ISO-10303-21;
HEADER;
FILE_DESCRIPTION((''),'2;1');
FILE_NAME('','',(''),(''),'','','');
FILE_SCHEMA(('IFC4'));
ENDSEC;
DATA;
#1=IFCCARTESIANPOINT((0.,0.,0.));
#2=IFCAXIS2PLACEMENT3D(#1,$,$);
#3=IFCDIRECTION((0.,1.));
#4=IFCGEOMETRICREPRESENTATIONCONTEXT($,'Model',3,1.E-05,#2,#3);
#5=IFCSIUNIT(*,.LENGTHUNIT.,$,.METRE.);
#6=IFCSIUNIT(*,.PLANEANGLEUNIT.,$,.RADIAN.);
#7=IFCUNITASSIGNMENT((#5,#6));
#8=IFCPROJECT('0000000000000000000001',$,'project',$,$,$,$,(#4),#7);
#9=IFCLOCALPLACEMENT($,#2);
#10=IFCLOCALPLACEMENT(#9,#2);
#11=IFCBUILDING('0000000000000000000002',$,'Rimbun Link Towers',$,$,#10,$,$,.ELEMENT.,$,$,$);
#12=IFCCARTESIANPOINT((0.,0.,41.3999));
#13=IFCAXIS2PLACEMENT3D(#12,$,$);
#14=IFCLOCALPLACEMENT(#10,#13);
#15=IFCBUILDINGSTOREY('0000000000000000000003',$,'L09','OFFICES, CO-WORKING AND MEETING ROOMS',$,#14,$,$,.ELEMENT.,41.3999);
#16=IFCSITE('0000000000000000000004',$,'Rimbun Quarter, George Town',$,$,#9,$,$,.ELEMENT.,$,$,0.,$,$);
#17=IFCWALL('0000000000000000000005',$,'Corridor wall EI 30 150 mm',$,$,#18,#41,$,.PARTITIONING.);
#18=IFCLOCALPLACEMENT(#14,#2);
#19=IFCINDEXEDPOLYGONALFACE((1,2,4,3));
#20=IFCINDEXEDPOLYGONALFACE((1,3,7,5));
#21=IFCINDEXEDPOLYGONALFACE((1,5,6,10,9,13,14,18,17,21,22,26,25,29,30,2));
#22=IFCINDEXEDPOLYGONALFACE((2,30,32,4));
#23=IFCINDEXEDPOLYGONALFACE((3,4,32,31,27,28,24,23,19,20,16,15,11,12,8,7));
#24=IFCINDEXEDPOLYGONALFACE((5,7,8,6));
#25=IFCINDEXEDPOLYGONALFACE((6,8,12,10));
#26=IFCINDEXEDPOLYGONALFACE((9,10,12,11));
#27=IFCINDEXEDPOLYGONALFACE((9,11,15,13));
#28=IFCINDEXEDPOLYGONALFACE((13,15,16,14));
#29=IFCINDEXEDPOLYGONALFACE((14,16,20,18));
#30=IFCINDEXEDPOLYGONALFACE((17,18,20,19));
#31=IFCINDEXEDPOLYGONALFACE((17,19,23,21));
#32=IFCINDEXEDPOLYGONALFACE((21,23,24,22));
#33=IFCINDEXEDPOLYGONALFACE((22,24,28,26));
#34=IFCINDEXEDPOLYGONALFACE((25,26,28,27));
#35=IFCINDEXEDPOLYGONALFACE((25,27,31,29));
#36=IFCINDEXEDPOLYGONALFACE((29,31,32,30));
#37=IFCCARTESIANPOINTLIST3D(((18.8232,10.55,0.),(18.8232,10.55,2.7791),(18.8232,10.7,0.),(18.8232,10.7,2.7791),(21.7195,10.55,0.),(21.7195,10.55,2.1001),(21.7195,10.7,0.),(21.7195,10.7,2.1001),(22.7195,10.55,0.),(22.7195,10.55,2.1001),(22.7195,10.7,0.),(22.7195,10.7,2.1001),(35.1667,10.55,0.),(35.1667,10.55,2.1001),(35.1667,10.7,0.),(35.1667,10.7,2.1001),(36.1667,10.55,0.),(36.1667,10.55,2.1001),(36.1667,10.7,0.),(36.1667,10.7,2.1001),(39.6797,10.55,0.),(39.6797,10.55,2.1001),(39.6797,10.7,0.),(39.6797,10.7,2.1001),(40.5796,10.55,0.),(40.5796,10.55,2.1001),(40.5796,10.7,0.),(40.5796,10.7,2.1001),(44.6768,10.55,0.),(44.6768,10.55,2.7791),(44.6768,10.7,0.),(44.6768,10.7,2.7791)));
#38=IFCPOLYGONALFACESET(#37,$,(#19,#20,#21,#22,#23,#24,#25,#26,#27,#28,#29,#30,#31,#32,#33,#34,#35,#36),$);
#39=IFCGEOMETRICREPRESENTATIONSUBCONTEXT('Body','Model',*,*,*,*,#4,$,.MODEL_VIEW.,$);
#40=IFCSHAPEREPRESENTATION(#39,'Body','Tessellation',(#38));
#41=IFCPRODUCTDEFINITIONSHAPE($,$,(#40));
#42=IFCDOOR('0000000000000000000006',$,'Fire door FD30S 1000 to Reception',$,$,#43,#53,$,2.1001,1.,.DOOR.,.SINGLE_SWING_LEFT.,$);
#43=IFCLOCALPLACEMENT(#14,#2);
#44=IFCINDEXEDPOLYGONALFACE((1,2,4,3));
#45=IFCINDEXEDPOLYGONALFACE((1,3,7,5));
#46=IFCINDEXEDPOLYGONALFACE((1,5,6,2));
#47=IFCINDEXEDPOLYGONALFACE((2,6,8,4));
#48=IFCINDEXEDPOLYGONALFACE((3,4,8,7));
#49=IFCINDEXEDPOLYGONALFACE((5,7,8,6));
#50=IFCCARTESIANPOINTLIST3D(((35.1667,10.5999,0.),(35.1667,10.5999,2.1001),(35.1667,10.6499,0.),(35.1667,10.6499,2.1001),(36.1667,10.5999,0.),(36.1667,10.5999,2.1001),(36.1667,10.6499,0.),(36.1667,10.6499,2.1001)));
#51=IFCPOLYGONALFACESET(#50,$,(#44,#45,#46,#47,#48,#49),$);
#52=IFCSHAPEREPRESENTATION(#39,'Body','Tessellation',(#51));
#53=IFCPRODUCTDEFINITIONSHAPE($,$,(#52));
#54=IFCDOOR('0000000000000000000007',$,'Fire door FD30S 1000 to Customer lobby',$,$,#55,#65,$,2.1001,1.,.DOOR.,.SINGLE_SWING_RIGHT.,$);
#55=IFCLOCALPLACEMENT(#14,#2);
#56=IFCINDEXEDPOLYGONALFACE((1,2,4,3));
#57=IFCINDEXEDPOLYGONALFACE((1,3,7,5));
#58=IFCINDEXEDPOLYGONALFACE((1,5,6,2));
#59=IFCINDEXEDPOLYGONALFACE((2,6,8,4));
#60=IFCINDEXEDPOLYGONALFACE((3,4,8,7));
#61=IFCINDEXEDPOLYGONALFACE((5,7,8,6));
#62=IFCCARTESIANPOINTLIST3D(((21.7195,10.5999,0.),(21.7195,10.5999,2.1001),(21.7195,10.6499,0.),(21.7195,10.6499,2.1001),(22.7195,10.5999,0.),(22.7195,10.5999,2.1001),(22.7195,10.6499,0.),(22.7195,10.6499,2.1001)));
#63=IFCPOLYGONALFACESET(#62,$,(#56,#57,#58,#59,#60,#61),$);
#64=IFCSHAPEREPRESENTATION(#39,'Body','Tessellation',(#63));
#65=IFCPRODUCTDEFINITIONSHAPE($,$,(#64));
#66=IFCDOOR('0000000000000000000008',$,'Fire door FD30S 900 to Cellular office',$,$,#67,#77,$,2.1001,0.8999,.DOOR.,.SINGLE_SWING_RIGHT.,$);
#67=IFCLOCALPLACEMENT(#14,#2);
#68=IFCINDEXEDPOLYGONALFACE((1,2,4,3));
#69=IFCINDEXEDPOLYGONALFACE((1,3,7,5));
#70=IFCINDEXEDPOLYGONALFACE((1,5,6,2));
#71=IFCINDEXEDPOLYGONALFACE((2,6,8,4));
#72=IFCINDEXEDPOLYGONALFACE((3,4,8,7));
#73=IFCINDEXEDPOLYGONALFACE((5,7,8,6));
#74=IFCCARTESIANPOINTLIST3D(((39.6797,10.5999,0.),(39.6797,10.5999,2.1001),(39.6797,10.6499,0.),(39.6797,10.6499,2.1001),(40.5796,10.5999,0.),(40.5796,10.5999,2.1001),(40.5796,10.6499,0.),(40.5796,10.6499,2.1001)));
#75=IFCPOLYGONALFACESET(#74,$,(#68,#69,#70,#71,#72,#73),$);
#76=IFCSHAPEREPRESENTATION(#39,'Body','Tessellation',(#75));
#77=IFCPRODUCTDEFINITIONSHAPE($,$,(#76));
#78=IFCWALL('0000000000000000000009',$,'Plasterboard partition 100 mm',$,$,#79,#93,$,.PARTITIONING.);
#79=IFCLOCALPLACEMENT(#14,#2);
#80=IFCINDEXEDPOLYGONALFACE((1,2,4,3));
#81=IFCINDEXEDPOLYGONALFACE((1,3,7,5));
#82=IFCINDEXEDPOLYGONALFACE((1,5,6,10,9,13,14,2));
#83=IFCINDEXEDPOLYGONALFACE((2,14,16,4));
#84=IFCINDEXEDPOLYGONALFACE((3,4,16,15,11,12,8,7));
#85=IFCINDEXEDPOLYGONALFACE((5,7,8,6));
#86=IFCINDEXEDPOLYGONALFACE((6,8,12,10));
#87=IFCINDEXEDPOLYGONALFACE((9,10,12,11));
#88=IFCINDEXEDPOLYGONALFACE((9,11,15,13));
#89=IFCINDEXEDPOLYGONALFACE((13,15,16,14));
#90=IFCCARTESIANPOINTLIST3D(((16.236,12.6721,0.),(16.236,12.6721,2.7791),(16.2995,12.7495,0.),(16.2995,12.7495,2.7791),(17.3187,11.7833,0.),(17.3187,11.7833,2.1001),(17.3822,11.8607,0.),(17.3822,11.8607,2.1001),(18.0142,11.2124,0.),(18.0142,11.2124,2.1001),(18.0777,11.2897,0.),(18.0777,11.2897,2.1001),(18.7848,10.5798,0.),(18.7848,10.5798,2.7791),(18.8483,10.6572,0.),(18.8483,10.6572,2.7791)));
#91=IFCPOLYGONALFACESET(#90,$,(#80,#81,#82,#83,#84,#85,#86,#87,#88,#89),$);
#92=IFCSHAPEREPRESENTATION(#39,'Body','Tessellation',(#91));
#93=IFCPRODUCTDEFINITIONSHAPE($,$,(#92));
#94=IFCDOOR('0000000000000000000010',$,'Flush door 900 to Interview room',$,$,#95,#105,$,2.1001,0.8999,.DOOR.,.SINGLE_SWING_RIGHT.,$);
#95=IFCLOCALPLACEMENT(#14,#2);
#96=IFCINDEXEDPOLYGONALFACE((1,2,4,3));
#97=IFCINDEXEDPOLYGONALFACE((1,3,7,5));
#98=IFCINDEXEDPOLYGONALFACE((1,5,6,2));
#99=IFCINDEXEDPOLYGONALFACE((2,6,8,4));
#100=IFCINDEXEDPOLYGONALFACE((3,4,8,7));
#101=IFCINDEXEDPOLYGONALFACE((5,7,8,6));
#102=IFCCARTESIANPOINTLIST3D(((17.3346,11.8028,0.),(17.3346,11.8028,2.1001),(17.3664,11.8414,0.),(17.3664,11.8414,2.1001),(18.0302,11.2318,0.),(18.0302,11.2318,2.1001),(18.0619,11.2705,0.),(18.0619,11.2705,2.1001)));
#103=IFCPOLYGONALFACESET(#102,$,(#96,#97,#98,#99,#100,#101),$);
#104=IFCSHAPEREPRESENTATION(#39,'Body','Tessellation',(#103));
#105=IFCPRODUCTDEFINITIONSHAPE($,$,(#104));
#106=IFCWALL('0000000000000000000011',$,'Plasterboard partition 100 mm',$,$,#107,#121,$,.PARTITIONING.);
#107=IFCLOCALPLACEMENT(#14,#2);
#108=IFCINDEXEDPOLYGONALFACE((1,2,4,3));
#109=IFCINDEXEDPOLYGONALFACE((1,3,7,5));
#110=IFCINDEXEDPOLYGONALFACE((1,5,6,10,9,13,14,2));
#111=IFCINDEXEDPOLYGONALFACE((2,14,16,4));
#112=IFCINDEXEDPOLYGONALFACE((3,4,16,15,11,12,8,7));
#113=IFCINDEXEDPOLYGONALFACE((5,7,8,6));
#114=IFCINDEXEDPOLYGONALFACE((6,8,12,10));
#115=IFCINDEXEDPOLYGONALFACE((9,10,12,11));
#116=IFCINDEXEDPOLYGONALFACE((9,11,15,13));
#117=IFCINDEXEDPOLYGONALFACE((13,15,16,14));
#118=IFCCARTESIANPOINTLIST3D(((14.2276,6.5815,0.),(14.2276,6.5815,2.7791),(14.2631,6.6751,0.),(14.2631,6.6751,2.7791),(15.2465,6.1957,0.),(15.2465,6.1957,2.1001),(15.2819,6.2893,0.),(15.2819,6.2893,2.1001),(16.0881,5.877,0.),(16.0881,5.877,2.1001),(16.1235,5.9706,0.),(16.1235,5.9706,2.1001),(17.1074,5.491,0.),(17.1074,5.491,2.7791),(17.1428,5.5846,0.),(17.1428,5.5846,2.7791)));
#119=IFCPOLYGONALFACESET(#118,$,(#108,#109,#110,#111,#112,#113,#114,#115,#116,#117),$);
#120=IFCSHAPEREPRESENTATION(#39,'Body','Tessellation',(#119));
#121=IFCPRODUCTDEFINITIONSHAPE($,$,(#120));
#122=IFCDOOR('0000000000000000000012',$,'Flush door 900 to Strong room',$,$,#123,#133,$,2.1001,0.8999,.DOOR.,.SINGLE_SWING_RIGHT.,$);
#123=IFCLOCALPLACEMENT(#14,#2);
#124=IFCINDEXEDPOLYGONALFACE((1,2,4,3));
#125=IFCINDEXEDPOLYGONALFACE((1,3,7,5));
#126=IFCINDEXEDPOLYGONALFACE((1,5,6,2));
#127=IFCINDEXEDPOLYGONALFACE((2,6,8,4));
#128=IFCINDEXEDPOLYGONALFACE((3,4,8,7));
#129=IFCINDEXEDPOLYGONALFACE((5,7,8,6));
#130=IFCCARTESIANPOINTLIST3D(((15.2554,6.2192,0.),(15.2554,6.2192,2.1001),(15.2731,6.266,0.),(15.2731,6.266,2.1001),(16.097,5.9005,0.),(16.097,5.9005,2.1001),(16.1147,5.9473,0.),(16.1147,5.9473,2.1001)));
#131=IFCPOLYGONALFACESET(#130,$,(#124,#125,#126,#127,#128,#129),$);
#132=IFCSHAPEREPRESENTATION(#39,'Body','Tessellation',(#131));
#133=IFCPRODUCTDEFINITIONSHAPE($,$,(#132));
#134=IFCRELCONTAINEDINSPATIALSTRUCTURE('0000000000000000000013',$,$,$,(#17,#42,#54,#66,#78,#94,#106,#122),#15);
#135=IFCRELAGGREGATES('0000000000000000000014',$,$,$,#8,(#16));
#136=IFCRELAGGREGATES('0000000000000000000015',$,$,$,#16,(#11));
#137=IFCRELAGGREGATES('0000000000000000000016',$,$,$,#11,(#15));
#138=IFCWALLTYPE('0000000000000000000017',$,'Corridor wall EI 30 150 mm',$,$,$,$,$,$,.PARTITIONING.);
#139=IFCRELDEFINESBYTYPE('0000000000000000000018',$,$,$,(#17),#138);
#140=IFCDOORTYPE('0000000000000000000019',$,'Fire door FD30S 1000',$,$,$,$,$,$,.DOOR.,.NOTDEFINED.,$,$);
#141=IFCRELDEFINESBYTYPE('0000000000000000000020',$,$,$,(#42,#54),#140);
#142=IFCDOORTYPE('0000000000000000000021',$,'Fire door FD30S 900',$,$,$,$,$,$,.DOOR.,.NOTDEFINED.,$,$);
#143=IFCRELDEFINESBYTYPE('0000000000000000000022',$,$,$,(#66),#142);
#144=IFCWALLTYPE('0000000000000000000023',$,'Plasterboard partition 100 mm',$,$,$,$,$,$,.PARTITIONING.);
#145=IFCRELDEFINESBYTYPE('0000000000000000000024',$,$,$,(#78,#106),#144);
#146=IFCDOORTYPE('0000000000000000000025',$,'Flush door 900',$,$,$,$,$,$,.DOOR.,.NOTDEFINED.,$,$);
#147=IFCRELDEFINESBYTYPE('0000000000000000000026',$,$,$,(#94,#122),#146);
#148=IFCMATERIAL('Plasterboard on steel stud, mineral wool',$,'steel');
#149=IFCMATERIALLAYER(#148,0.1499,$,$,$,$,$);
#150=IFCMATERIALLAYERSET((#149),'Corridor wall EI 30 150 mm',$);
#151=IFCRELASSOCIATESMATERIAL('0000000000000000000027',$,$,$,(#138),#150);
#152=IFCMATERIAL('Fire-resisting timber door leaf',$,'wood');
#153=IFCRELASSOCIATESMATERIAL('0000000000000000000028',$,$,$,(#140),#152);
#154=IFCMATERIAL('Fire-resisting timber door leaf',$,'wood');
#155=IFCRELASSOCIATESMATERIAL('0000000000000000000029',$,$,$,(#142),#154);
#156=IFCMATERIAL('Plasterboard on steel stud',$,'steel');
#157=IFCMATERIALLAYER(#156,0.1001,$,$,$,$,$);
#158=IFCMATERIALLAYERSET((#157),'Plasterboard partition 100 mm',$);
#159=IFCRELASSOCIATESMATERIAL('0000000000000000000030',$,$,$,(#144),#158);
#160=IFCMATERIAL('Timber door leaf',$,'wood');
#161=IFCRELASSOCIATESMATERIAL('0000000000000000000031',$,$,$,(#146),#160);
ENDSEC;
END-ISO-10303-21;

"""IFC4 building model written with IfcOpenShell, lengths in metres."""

from ifc_helpers import new_model, si_unit, direction, frame, frame_2d, origin, place, context, subcontext, project, spatial, rectangle, extrude, material, layer, layer_set, type_object, element, fill, save


model = new_model("IFC4")

# Units and contexts
model_context = context("Model", 3, precision=1e-05, world=origin(), true_north=direction((0.0, 1.0)))
body_context = subcontext(model_context, "Body", "Model", "MODEL_VIEW")
ifc_project = project(units=[si_unit("LENGTHUNIT", "METRE"), si_unit("PLANEANGLEUNIT", "RADIAN")], contexts=[model_context])

# Site, building, storey
site_placement = place(None, origin())
site = spatial("IfcSite", under=ifc_project, at=site_placement, Name="Rimbun Quarter, George Town", CompositionType="ELEMENT", RefElevation=0.0)
building_placement = place(site_placement, origin())
building = spatial("IfcBuilding", under=site, at=building_placement, Name="Rimbun Link Towers", CompositionType="ELEMENT")
storey_placement = place(building_placement, frame((0.0, 0.0, 41.3999)))
storey = spatial("IfcBuildingStorey", under=building, at=storey_placement, Name="L09", Description="OFFICES, CO-WORKING AND MEETING ROOMS", CompositionType="ELEMENT", Elevation=41.3999)

# Shared definitions
ifc_material_1 = material(Name="Plasterboard on steel stud, mineral wool", Category="steel")
ifc_layer_1 = layer(ifc_material_1, 0.1499)
ifc_layer_set_1 = layer_set([ifc_layer_1], Name="Corridor wall EI 30 150 mm")
wall_type_1 = type_object("IfcWallType", Name="Corridor wall EI 30 150 mm", PredefinedType="PARTITIONING", material=ifc_layer_set_1)

# Wall, openings, doors
wall_1_placement = place(storey_placement, frame((18.8232, 10.625, 0.0), z_axis=(0.0, 0.0, 1.0), x_axis=(1.0, 0.0, 0.0)))
wall_1 = element("IfcWall", 1, at=wall_1_placement, inside=storey, type_object=wall_type_1, Name="Corridor wall EI 30 150 mm", PredefinedType="PARTITIONING", context=body_context, shape_type="SweptSolid", body=[
    extrude(rectangle(XDim=25.8535, YDim=0.1499, at=frame_2d((12.9268, 0.0))), origin(), (0.0, 0.0, 1.0), 2.7791),
])
opening_1_placement = place(wall_1_placement, frame((20.8564, 0.0, 0.0)))
opening_1 = element("IfcOpeningElement", 2, at=opening_1_placement, cuts=wall_1, PredefinedType="OPENING", context=body_context, shape_type="SweptSolid", body=[
    extrude(rectangle(XDim=0.8999, YDim=2.1001, at=frame_2d((0.45, 1.05))), frame((0.0, 0.085, 0.0), z_axis=(0.0, -1.0, 0.0), x_axis=(1.0, 0.0, 0.0)), (0.0, 0.0, 1.0), 0.1699),
])
opening_2_placement = place(wall_1_placement, frame((16.3435, 0.0, 0.0)))
opening_2 = element("IfcOpeningElement", 3, at=opening_2_placement, cuts=wall_1, PredefinedType="OPENING", context=body_context, shape_type="SweptSolid", body=[
    extrude(rectangle(XDim=1.0, YDim=2.1001, at=frame_2d((0.5, 1.05))), frame((0.0, 0.085, 0.0), z_axis=(0.0, -1.0, 0.0), x_axis=(1.0, 0.0, 0.0)), (0.0, 0.0, 1.0), 0.1699),
])
opening_3_placement = place(wall_1_placement, frame((2.8962, 0.0, 0.0)))
opening_3 = element("IfcOpeningElement", 4, at=opening_3_placement, cuts=wall_1, PredefinedType="OPENING", context=body_context, shape_type="SweptSolid", body=[
    extrude(rectangle(XDim=1.0, YDim=2.1001, at=frame_2d((0.5, 1.05))), frame((0.0, 0.085, 0.0), z_axis=(0.0, -1.0, 0.0), x_axis=(1.0, 0.0, 0.0)), (0.0, 0.0, 1.0), 0.1699),
])
ifc_material_2 = material(Name="Fire-resisting timber door leaf", Category="wood")
door_type_1 = type_object("IfcDoorType", Name="Fire door FD30S 1000", OperationType="NOTDEFINED", PredefinedType="DOOR", material=ifc_material_2)
door_1_placement = place(opening_2_placement, origin())
door_1 = element("IfcDoor", 5, at=door_1_placement, inside=storey, type_object=door_type_1, Name="Fire door FD30S 1000 to Reception", OperationType="SINGLE_SWING_LEFT", OverallHeight=2.1001, OverallWidth=1.0, PredefinedType="DOOR", context=body_context, shape_type="SweptSolid", body=[
    extrude(rectangle(XDim=1.0, YDim=2.1001, at=frame_2d((0.5, 1.05))), frame((0.0, 0.0249, 0.0), z_axis=(0.0, -1.0, 0.0), x_axis=(1.0, 0.0, 0.0)), (0.0, 0.0, 1.0), 0.05),
])
fill(opening_2, door_1)
door_2_placement = place(opening_3_placement, origin())
door_2 = element("IfcDoor", 6, at=door_2_placement, inside=storey, type_object=door_type_1, Name="Fire door FD30S 1000 to Customer lobby", OperationType="SINGLE_SWING_RIGHT", OverallHeight=2.1001, OverallWidth=1.0, PredefinedType="DOOR", context=body_context, shape_type="SweptSolid", body=[
    extrude(rectangle(XDim=1.0, YDim=2.1001, at=frame_2d((0.5, 1.05))), frame((0.0, 0.0249, 0.0), z_axis=(0.0, -1.0, 0.0), x_axis=(1.0, 0.0, 0.0)), (0.0, 0.0, 1.0), 0.05),
])
fill(opening_3, door_2)
ifc_material_3 = material(Name="Fire-resisting timber door leaf", Category="wood")
door_type_2 = type_object("IfcDoorType", Name="Fire door FD30S 900", OperationType="NOTDEFINED", PredefinedType="DOOR", material=ifc_material_3)
door_3_placement = place(opening_1_placement, origin())
door_3 = element("IfcDoor", 7, at=door_3_placement, inside=storey, type_object=door_type_2, Name="Fire door FD30S 900 to Cellular office", OperationType="SINGLE_SWING_RIGHT", OverallHeight=2.1001, OverallWidth=0.8999, PredefinedType="DOOR", context=body_context, shape_type="SweptSolid", body=[
    extrude(rectangle(XDim=0.8999, YDim=2.1001, at=frame_2d((0.45, 1.05))), frame((0.0, 0.0249, 0.0), z_axis=(0.0, -1.0, 0.0), x_axis=(1.0, 0.0, 0.0)), (0.0, 0.0, 1.0), 0.05),
])
fill(opening_1, door_3)

# Walls, openings, doors
ifc_material_4 = material(Name="Plasterboard on steel stud", Category="steel")
ifc_layer_2 = layer(ifc_material_4, 0.1001)
ifc_layer_set_2 = layer_set([ifc_layer_2], Name="Plasterboard partition 100 mm")
wall_type_2 = type_object("IfcWallType", Name="Plasterboard partition 100 mm", PredefinedType="PARTITIONING", material=ifc_layer_set_2)
wall_2_placement = place(storey_placement, frame((18.8167, 10.6184, 0.0), z_axis=(0.0, 0.0, 1.0), x_axis=(-0.772934, 0.634487, 0.0)))
wall_2 = element("IfcWall", 8, at=wall_2_placement, inside=storey, type_object=wall_type_2, Name="Plasterboard partition 100 mm", PredefinedType="PARTITIONING", context=body_context, shape_type="SweptSolid", body=[
    extrude(rectangle(XDim=3.2976, YDim=0.1001, at=frame_2d((1.6489, 0.0))), origin(), (0.0, 0.0, 1.0), 2.7791),
])
opening_4_placement = place(wall_2_placement, frame((0.9971, 0.0, 0.0)))
opening_4 = element("IfcOpeningElement", 9, at=opening_4_placement, cuts=wall_2, PredefinedType="OPENING", context=body_context, shape_type="SweptSolid", body=[
    extrude(rectangle(XDim=0.8999, YDim=2.1001, at=frame_2d((0.45, 1.05))), frame((0.0, 0.0601, 0.0), z_axis=(0.0, -1.0, 0.0), x_axis=(1.0, 0.0, 0.0)), (0.0, 0.0, 1.0), 0.1201),
])
ifc_material_5 = material(Name="Timber door leaf", Category="wood")
door_type_3 = type_object("IfcDoorType", Name="Flush door 900", OperationType="NOTDEFINED", PredefinedType="DOOR", material=ifc_material_5)
door_4_placement = place(opening_4_placement, origin())
door_4 = element("IfcDoor", 10, at=door_4_placement, inside=storey, type_object=door_type_3, Name="Flush door 900 to Interview room", OperationType="SINGLE_SWING_RIGHT", OverallHeight=2.1001, OverallWidth=0.8999, PredefinedType="DOOR", context=body_context, shape_type="SweptSolid", body=[
    extrude(rectangle(XDim=0.8999, YDim=2.1001, at=frame_2d((0.45, 1.05))), frame((0.0, 0.0249, 0.0), z_axis=(0.0, -1.0, 0.0), x_axis=(1.0, 0.0, 0.0)), (0.0, 0.0, 1.0), 0.05),
])
fill(opening_4, door_4)
wall_3_placement = place(storey_placement, frame((17.125, 5.5378, 0.0), z_axis=(0.0, 0.0, 1.0), x_axis=(-0.93519, 0.354145, 0.0)))
wall_3 = element("IfcWall", 11, at=wall_3_placement, inside=storey, type_object=wall_type_2, Name="Plasterboard partition 100 mm", PredefinedType="PARTITIONING", context=body_context, shape_type="SweptSolid", body=[
    extrude(rectangle(XDim=3.0793, YDim=0.1001, at=frame_2d((1.5396, 0.0))), origin(), (0.0, 0.0, 1.0), 2.7791),
])
opening_5_placement = place(wall_3_placement, frame((1.0898, 0.0, 0.0)))
opening_5 = element("IfcOpeningElement", 12, at=opening_5_placement, cuts=wall_3, PredefinedType="OPENING", context=body_context, shape_type="SweptSolid", body=[
    extrude(rectangle(XDim=0.8999, YDim=2.1001, at=frame_2d((0.45, 1.05))), frame((0.0, 0.0601, 0.0), z_axis=(0.0, -1.0, 0.0), x_axis=(1.0, 0.0, 0.0)), (0.0, 0.0, 1.0), 0.1201),
])
door_5_placement = place(opening_5_placement, origin())
door_5 = element("IfcDoor", 13, at=door_5_placement, inside=storey, type_object=door_type_3, Name="Flush door 900 to Strong room", OperationType="SINGLE_SWING_RIGHT", OverallHeight=2.1001, OverallWidth=0.8999, PredefinedType="DOOR", context=body_context, shape_type="SweptSolid", body=[
    extrude(rectangle(XDim=0.8999, YDim=2.1001, at=frame_2d((0.45, 1.05))), frame((0.0, 0.0249, 0.0), z_axis=(0.0, -1.0, 0.0), x_axis=(1.0, 0.0, 0.0)), (0.0, 0.0, 1.0), 0.05),
])
fill(opening_5, door_5)

save(model, "model.ifc")
